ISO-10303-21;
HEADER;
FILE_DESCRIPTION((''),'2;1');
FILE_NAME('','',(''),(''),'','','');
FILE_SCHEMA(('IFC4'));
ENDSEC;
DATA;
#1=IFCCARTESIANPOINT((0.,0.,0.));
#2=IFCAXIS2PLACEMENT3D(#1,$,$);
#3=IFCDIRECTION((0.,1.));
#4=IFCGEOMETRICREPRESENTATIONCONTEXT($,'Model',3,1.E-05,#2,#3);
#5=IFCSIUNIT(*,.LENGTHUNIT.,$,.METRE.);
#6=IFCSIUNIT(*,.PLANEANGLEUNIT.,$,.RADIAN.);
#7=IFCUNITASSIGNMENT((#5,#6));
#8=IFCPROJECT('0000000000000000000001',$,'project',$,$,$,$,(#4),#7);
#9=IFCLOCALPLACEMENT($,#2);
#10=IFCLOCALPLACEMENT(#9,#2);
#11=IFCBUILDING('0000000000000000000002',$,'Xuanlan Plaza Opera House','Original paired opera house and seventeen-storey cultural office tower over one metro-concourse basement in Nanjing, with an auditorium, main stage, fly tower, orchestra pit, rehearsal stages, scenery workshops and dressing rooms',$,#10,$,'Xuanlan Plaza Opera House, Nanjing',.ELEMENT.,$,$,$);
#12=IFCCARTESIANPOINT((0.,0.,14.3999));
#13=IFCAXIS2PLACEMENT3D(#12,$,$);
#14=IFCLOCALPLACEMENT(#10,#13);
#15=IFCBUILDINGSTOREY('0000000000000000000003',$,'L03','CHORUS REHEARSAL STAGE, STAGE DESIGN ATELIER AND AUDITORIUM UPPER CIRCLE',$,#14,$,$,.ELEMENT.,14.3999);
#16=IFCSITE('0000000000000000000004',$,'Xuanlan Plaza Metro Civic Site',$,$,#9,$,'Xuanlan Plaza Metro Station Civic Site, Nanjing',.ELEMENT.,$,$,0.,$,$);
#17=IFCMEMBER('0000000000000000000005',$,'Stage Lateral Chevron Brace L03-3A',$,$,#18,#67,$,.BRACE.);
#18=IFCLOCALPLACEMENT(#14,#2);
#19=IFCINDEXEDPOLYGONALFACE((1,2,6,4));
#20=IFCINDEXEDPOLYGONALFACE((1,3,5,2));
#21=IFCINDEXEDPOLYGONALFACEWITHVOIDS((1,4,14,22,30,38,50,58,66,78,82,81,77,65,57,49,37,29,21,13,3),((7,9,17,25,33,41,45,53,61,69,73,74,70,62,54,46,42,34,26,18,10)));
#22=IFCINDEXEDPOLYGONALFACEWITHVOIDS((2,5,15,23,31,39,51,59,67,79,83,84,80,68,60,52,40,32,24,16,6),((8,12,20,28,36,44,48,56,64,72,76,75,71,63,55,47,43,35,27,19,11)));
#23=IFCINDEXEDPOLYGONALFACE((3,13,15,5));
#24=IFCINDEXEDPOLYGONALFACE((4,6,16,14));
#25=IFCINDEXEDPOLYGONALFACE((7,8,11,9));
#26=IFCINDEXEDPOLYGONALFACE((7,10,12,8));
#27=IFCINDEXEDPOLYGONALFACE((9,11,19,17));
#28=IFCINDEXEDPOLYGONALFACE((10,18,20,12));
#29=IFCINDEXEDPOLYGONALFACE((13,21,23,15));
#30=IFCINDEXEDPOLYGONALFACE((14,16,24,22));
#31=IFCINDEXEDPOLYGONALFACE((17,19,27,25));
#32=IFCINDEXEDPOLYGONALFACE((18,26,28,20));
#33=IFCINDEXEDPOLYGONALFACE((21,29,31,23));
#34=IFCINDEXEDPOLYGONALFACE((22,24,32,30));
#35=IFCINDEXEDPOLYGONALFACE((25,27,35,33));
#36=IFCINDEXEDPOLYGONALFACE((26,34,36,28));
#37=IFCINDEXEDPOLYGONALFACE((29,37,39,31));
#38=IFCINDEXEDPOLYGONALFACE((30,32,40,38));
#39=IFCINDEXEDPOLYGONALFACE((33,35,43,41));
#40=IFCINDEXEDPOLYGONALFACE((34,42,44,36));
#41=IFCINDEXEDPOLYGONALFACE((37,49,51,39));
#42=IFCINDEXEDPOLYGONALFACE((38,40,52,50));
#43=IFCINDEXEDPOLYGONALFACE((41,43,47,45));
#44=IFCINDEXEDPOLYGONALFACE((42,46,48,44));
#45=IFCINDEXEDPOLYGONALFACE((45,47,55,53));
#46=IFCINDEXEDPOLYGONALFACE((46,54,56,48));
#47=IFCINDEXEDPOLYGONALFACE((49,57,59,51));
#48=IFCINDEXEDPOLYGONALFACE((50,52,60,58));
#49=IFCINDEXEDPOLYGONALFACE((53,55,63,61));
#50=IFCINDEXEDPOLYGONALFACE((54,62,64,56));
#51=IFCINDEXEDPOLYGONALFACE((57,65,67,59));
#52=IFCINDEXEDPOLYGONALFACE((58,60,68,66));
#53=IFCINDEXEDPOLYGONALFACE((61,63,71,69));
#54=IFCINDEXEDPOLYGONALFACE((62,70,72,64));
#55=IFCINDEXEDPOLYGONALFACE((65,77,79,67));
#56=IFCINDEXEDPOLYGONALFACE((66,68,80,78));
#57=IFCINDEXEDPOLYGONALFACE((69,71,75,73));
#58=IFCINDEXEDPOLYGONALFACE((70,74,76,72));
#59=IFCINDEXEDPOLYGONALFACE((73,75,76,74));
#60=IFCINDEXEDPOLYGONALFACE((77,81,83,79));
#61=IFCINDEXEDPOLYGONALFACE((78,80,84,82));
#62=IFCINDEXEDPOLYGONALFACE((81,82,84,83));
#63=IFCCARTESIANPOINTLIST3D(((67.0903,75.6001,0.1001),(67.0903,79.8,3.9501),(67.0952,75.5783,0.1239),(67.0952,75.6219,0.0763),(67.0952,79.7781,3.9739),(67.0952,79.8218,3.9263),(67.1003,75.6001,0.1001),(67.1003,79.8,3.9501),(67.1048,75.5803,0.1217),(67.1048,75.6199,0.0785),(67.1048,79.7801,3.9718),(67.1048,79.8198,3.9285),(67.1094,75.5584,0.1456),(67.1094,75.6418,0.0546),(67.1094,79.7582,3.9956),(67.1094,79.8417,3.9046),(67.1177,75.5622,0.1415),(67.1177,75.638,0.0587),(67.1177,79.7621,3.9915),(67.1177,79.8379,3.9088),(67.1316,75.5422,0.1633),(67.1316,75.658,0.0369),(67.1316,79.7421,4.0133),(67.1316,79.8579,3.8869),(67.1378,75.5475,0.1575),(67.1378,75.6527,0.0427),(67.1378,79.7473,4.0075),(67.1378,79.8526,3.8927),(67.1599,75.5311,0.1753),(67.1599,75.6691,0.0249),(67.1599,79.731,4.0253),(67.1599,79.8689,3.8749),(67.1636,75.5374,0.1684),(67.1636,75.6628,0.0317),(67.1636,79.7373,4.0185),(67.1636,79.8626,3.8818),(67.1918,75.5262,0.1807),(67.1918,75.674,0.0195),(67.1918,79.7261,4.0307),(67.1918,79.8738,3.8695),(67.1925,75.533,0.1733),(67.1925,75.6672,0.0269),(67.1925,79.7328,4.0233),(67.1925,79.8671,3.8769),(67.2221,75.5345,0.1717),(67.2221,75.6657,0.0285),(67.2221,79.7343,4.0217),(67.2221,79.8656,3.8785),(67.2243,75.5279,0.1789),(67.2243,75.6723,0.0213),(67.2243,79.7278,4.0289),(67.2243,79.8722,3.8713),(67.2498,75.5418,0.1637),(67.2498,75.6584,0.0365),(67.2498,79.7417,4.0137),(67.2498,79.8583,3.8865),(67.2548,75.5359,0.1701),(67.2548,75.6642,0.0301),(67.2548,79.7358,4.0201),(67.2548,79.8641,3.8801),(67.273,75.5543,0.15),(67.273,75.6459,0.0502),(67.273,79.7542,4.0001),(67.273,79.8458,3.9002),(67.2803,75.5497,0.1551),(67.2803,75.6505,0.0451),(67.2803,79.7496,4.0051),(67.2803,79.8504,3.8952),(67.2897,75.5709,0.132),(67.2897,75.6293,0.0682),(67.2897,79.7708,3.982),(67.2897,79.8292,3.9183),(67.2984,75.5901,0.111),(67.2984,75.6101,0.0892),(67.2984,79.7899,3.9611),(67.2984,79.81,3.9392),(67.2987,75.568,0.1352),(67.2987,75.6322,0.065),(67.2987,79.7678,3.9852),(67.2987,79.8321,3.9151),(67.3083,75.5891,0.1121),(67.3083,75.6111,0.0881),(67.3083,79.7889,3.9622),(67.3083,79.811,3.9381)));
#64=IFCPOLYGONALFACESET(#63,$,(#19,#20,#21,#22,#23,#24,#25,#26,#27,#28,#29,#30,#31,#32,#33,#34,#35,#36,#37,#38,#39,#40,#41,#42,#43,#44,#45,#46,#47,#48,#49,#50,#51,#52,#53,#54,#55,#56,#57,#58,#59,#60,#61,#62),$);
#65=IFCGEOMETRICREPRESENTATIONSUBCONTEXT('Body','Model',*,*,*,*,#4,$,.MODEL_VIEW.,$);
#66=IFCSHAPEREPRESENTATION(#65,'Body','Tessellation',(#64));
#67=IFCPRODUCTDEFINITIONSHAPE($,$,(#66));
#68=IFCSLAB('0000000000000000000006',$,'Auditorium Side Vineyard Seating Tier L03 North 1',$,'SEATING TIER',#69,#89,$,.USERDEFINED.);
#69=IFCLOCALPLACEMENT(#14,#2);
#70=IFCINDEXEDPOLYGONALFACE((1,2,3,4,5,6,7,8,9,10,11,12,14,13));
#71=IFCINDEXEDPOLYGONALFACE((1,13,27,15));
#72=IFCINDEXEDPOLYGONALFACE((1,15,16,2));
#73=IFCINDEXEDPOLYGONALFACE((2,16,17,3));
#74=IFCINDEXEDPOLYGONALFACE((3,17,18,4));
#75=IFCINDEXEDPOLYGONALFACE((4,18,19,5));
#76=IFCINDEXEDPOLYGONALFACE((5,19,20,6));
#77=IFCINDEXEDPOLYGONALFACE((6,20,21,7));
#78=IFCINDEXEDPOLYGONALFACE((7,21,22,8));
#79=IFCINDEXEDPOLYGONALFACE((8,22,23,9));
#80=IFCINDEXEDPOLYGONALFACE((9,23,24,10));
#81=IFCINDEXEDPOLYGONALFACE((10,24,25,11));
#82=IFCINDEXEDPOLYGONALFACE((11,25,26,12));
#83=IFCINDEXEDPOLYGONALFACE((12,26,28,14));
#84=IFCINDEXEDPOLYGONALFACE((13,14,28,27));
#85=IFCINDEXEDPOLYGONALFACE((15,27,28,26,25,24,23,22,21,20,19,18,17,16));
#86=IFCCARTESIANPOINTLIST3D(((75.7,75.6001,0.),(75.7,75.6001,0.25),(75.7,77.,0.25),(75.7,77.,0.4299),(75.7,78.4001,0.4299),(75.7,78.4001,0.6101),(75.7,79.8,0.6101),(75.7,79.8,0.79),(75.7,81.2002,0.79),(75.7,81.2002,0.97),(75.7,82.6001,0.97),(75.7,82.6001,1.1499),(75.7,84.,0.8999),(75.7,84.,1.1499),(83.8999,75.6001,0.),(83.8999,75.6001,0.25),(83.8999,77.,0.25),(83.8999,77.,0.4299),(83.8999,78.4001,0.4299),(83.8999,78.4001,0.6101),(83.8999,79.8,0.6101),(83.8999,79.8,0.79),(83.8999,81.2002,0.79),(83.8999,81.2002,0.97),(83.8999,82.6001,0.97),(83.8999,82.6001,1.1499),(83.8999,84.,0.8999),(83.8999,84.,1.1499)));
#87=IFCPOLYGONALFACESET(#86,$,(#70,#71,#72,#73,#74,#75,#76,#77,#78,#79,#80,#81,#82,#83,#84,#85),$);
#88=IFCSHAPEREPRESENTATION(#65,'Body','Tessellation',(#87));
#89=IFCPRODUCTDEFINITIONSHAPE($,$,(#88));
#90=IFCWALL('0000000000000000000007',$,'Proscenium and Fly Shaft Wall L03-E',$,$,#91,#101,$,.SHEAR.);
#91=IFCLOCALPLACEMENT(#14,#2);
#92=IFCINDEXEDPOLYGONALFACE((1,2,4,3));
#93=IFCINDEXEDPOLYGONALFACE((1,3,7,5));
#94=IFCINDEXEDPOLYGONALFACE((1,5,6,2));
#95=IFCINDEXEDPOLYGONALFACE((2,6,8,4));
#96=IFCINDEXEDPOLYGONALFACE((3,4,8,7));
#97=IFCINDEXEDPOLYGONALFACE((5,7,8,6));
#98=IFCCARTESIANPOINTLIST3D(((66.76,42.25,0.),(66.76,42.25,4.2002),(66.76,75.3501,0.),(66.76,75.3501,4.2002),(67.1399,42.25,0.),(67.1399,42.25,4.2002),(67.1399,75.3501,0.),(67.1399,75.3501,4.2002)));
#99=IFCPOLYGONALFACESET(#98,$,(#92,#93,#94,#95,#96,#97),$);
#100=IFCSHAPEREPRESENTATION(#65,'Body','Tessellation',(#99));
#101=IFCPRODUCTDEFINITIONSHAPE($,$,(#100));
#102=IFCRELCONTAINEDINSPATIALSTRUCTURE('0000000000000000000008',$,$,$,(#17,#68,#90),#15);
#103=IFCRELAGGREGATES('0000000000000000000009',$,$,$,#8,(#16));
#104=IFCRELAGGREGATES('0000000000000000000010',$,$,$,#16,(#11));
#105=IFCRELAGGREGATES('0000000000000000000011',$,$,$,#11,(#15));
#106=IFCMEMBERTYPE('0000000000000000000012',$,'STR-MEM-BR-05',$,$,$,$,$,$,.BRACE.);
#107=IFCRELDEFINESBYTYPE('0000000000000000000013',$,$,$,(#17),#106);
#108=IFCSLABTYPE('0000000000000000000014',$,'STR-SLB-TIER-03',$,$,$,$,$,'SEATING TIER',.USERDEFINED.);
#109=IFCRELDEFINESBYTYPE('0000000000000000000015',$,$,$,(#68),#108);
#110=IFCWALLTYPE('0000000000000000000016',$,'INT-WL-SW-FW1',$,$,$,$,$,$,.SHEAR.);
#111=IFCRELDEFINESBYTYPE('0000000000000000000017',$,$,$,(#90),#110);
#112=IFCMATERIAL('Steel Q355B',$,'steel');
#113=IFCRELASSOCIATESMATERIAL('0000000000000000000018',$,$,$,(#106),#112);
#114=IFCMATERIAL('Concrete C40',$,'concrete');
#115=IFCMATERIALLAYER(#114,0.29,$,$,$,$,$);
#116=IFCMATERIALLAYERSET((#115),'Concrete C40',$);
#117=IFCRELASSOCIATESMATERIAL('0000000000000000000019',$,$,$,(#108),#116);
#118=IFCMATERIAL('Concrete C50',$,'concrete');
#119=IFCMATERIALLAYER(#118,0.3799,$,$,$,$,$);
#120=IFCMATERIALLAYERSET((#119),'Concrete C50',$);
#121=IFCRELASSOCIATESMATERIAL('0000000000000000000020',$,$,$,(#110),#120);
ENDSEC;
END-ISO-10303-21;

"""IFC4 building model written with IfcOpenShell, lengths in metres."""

from ifc_helpers import new_model, si_unit, direction, frame, frame_2d, origin, origin_2d, place, context, subcontext, project, spatial, polyline, rectangle, hollow_circle, outline, extrude, material, layer, layer_set, material_profile, profile_set, type_object, element, save


model = new_model("IFC4")

# Units and contexts
model_context = context("Model", 3, precision=1e-05, world=origin(), true_north=direction((0.0, 1.0)))
body_context = subcontext(model_context, "Body", "Model", "MODEL_VIEW")
ifc_project = project(units=[si_unit("LENGTHUNIT", "METRE"), si_unit("PLANEANGLEUNIT", "RADIAN")], contexts=[model_context])

# Site, building, storey
site_placement = place(None, origin())
site = spatial("IfcSite", under=ifc_project, at=site_placement, Name="Xuanlan Plaza Metro Civic Site", LongName="Xuanlan Plaza Metro Station Civic Site, Nanjing", CompositionType="ELEMENT", RefElevation=0.0)
building_placement = place(site_placement, origin())
building = spatial("IfcBuilding", under=site, at=building_placement, Name="Xuanlan Plaza Opera House", Description="Original paired opera house and seventeen-storey cultural office tower over one metro-concourse basement in Nanjing, with an auditorium, main stage, fly tower, orchestra pit, rehearsal stages, scenery workshops and dressing rooms", LongName="Xuanlan Plaza Opera House, Nanjing", CompositionType="ELEMENT")
storey_placement = place(building_placement, frame((0.0, 0.0, 14.3999)))
storey = spatial("IfcBuildingStorey", under=building, at=storey_placement, Name="L03", Description="CHORUS REHEARSAL STAGE, STAGE DESIGN ATELIER AND AUDITORIUM UPPER CIRCLE", CompositionType="ELEMENT", Elevation=14.3999)

# Shared definitions
ifc_material_1 = material(Name="Concrete C50", Category="concrete")
ifc_material_2 = material(Name="Concrete C40", Category="concrete")

# Shared definitions
ifc_material_3 = material(Name="Steel Q355B", Category="steel")

# Member
ifc_material_profile_1 = material_profile(ifc_material_3, hollow_circle(Radius=0.1096, WallThickness=0.01, at=origin_2d()), Name="CHS 219.1x10")
ifc_profile_set_1 = profile_set([ifc_material_profile_1], Name="Steel Q355B")
member_type = type_object("IfcMemberType", Name="STR-MEM-BR-05", PredefinedType="BRACE", material=ifc_profile_set_1)
member_placement = place(storey_placement, frame((67.2, 75.6001, 0.1001), z_axis=(0.0, 0.737142, 0.675738), x_axis=(-1.0, 0.0, 0.0)))
element("IfcMember", 1, at=member_placement, inside=storey, type_object=member_type, Name="Stage Lateral Chevron Brace L03-3A", PredefinedType="BRACE", context=body_context, shape_type="SweptSolid", body=[
    extrude(hollow_circle(Radius=0.1096, WallThickness=0.01, at=origin_2d()), origin(), (0.0, 0.0, 1.0), 5.6975),
])

# Slab
ifc_layer_1 = layer(ifc_material_2, 0.29)
ifc_layer_set_1 = layer_set([ifc_layer_1], Name="Concrete C40")
slab_type = type_object("IfcSlabType", Name="STR-SLB-TIER-03", ElementType="SEATING TIER", PredefinedType="USERDEFINED", material=ifc_layer_set_1)
slab_placement = place(storey_placement, frame((79.8, 75.6001, 0.0), z_axis=(0.0, 0.0, 1.0), x_axis=(0.0, 1.0, 0.0)))
element("IfcSlab", 2, at=slab_placement, inside=storey, type_object=slab_type, Name="Auditorium Side Vineyard Seating Tier L03 North 1", ObjectType="SEATING TIER", PredefinedType="USERDEFINED", context=body_context, shape_type="SweptSolid", body=[
    extrude(outline(polyline([(0.0, 0.0), (0.0, 0.25), (1.3999, 0.25), (1.3999, 0.4299), (2.8, 0.4299), (2.8, 0.6101), (4.2, 0.6101), (4.2, 0.79), (5.6001, 0.79), (5.6001, 0.97), (7.0, 0.97), (7.0, 1.1499), (8.3999, 1.1499), (8.3999, 0.8999), (0.0, 0.0)])), frame((0.0, 4.1001, 0.0), z_axis=(0.0, -1.0, 0.0), x_axis=(1.0, 0.0, 0.0)), (0.0, 0.0, 1.0), 8.2),
])

# Wall
ifc_layer_2 = layer(ifc_material_1, 0.3799)
ifc_layer_set_2 = layer_set([ifc_layer_2], Name="Concrete C50")
wall_type = type_object("IfcWallType", Name="INT-WL-SW-FW1", PredefinedType="SHEAR", material=ifc_layer_set_2)
wall_placement = place(storey_placement, frame((66.95, 42.25, 0.0), z_axis=(0.0, 0.0, 1.0), x_axis=(0.0, 1.0, 0.0)))
element("IfcWall", 3, at=wall_placement, inside=storey, type_object=wall_type, Name="Proscenium and Fly Shaft Wall L03-E", PredefinedType="SHEAR", context=body_context, shape_type="SweptSolid", body=[
    extrude(rectangle(XDim=33.1001, YDim=0.3799, at=frame_2d((16.55, 0.0))), origin(), (0.0, 0.0, 1.0), 4.2002),
])

save(model, "model.ifc")
